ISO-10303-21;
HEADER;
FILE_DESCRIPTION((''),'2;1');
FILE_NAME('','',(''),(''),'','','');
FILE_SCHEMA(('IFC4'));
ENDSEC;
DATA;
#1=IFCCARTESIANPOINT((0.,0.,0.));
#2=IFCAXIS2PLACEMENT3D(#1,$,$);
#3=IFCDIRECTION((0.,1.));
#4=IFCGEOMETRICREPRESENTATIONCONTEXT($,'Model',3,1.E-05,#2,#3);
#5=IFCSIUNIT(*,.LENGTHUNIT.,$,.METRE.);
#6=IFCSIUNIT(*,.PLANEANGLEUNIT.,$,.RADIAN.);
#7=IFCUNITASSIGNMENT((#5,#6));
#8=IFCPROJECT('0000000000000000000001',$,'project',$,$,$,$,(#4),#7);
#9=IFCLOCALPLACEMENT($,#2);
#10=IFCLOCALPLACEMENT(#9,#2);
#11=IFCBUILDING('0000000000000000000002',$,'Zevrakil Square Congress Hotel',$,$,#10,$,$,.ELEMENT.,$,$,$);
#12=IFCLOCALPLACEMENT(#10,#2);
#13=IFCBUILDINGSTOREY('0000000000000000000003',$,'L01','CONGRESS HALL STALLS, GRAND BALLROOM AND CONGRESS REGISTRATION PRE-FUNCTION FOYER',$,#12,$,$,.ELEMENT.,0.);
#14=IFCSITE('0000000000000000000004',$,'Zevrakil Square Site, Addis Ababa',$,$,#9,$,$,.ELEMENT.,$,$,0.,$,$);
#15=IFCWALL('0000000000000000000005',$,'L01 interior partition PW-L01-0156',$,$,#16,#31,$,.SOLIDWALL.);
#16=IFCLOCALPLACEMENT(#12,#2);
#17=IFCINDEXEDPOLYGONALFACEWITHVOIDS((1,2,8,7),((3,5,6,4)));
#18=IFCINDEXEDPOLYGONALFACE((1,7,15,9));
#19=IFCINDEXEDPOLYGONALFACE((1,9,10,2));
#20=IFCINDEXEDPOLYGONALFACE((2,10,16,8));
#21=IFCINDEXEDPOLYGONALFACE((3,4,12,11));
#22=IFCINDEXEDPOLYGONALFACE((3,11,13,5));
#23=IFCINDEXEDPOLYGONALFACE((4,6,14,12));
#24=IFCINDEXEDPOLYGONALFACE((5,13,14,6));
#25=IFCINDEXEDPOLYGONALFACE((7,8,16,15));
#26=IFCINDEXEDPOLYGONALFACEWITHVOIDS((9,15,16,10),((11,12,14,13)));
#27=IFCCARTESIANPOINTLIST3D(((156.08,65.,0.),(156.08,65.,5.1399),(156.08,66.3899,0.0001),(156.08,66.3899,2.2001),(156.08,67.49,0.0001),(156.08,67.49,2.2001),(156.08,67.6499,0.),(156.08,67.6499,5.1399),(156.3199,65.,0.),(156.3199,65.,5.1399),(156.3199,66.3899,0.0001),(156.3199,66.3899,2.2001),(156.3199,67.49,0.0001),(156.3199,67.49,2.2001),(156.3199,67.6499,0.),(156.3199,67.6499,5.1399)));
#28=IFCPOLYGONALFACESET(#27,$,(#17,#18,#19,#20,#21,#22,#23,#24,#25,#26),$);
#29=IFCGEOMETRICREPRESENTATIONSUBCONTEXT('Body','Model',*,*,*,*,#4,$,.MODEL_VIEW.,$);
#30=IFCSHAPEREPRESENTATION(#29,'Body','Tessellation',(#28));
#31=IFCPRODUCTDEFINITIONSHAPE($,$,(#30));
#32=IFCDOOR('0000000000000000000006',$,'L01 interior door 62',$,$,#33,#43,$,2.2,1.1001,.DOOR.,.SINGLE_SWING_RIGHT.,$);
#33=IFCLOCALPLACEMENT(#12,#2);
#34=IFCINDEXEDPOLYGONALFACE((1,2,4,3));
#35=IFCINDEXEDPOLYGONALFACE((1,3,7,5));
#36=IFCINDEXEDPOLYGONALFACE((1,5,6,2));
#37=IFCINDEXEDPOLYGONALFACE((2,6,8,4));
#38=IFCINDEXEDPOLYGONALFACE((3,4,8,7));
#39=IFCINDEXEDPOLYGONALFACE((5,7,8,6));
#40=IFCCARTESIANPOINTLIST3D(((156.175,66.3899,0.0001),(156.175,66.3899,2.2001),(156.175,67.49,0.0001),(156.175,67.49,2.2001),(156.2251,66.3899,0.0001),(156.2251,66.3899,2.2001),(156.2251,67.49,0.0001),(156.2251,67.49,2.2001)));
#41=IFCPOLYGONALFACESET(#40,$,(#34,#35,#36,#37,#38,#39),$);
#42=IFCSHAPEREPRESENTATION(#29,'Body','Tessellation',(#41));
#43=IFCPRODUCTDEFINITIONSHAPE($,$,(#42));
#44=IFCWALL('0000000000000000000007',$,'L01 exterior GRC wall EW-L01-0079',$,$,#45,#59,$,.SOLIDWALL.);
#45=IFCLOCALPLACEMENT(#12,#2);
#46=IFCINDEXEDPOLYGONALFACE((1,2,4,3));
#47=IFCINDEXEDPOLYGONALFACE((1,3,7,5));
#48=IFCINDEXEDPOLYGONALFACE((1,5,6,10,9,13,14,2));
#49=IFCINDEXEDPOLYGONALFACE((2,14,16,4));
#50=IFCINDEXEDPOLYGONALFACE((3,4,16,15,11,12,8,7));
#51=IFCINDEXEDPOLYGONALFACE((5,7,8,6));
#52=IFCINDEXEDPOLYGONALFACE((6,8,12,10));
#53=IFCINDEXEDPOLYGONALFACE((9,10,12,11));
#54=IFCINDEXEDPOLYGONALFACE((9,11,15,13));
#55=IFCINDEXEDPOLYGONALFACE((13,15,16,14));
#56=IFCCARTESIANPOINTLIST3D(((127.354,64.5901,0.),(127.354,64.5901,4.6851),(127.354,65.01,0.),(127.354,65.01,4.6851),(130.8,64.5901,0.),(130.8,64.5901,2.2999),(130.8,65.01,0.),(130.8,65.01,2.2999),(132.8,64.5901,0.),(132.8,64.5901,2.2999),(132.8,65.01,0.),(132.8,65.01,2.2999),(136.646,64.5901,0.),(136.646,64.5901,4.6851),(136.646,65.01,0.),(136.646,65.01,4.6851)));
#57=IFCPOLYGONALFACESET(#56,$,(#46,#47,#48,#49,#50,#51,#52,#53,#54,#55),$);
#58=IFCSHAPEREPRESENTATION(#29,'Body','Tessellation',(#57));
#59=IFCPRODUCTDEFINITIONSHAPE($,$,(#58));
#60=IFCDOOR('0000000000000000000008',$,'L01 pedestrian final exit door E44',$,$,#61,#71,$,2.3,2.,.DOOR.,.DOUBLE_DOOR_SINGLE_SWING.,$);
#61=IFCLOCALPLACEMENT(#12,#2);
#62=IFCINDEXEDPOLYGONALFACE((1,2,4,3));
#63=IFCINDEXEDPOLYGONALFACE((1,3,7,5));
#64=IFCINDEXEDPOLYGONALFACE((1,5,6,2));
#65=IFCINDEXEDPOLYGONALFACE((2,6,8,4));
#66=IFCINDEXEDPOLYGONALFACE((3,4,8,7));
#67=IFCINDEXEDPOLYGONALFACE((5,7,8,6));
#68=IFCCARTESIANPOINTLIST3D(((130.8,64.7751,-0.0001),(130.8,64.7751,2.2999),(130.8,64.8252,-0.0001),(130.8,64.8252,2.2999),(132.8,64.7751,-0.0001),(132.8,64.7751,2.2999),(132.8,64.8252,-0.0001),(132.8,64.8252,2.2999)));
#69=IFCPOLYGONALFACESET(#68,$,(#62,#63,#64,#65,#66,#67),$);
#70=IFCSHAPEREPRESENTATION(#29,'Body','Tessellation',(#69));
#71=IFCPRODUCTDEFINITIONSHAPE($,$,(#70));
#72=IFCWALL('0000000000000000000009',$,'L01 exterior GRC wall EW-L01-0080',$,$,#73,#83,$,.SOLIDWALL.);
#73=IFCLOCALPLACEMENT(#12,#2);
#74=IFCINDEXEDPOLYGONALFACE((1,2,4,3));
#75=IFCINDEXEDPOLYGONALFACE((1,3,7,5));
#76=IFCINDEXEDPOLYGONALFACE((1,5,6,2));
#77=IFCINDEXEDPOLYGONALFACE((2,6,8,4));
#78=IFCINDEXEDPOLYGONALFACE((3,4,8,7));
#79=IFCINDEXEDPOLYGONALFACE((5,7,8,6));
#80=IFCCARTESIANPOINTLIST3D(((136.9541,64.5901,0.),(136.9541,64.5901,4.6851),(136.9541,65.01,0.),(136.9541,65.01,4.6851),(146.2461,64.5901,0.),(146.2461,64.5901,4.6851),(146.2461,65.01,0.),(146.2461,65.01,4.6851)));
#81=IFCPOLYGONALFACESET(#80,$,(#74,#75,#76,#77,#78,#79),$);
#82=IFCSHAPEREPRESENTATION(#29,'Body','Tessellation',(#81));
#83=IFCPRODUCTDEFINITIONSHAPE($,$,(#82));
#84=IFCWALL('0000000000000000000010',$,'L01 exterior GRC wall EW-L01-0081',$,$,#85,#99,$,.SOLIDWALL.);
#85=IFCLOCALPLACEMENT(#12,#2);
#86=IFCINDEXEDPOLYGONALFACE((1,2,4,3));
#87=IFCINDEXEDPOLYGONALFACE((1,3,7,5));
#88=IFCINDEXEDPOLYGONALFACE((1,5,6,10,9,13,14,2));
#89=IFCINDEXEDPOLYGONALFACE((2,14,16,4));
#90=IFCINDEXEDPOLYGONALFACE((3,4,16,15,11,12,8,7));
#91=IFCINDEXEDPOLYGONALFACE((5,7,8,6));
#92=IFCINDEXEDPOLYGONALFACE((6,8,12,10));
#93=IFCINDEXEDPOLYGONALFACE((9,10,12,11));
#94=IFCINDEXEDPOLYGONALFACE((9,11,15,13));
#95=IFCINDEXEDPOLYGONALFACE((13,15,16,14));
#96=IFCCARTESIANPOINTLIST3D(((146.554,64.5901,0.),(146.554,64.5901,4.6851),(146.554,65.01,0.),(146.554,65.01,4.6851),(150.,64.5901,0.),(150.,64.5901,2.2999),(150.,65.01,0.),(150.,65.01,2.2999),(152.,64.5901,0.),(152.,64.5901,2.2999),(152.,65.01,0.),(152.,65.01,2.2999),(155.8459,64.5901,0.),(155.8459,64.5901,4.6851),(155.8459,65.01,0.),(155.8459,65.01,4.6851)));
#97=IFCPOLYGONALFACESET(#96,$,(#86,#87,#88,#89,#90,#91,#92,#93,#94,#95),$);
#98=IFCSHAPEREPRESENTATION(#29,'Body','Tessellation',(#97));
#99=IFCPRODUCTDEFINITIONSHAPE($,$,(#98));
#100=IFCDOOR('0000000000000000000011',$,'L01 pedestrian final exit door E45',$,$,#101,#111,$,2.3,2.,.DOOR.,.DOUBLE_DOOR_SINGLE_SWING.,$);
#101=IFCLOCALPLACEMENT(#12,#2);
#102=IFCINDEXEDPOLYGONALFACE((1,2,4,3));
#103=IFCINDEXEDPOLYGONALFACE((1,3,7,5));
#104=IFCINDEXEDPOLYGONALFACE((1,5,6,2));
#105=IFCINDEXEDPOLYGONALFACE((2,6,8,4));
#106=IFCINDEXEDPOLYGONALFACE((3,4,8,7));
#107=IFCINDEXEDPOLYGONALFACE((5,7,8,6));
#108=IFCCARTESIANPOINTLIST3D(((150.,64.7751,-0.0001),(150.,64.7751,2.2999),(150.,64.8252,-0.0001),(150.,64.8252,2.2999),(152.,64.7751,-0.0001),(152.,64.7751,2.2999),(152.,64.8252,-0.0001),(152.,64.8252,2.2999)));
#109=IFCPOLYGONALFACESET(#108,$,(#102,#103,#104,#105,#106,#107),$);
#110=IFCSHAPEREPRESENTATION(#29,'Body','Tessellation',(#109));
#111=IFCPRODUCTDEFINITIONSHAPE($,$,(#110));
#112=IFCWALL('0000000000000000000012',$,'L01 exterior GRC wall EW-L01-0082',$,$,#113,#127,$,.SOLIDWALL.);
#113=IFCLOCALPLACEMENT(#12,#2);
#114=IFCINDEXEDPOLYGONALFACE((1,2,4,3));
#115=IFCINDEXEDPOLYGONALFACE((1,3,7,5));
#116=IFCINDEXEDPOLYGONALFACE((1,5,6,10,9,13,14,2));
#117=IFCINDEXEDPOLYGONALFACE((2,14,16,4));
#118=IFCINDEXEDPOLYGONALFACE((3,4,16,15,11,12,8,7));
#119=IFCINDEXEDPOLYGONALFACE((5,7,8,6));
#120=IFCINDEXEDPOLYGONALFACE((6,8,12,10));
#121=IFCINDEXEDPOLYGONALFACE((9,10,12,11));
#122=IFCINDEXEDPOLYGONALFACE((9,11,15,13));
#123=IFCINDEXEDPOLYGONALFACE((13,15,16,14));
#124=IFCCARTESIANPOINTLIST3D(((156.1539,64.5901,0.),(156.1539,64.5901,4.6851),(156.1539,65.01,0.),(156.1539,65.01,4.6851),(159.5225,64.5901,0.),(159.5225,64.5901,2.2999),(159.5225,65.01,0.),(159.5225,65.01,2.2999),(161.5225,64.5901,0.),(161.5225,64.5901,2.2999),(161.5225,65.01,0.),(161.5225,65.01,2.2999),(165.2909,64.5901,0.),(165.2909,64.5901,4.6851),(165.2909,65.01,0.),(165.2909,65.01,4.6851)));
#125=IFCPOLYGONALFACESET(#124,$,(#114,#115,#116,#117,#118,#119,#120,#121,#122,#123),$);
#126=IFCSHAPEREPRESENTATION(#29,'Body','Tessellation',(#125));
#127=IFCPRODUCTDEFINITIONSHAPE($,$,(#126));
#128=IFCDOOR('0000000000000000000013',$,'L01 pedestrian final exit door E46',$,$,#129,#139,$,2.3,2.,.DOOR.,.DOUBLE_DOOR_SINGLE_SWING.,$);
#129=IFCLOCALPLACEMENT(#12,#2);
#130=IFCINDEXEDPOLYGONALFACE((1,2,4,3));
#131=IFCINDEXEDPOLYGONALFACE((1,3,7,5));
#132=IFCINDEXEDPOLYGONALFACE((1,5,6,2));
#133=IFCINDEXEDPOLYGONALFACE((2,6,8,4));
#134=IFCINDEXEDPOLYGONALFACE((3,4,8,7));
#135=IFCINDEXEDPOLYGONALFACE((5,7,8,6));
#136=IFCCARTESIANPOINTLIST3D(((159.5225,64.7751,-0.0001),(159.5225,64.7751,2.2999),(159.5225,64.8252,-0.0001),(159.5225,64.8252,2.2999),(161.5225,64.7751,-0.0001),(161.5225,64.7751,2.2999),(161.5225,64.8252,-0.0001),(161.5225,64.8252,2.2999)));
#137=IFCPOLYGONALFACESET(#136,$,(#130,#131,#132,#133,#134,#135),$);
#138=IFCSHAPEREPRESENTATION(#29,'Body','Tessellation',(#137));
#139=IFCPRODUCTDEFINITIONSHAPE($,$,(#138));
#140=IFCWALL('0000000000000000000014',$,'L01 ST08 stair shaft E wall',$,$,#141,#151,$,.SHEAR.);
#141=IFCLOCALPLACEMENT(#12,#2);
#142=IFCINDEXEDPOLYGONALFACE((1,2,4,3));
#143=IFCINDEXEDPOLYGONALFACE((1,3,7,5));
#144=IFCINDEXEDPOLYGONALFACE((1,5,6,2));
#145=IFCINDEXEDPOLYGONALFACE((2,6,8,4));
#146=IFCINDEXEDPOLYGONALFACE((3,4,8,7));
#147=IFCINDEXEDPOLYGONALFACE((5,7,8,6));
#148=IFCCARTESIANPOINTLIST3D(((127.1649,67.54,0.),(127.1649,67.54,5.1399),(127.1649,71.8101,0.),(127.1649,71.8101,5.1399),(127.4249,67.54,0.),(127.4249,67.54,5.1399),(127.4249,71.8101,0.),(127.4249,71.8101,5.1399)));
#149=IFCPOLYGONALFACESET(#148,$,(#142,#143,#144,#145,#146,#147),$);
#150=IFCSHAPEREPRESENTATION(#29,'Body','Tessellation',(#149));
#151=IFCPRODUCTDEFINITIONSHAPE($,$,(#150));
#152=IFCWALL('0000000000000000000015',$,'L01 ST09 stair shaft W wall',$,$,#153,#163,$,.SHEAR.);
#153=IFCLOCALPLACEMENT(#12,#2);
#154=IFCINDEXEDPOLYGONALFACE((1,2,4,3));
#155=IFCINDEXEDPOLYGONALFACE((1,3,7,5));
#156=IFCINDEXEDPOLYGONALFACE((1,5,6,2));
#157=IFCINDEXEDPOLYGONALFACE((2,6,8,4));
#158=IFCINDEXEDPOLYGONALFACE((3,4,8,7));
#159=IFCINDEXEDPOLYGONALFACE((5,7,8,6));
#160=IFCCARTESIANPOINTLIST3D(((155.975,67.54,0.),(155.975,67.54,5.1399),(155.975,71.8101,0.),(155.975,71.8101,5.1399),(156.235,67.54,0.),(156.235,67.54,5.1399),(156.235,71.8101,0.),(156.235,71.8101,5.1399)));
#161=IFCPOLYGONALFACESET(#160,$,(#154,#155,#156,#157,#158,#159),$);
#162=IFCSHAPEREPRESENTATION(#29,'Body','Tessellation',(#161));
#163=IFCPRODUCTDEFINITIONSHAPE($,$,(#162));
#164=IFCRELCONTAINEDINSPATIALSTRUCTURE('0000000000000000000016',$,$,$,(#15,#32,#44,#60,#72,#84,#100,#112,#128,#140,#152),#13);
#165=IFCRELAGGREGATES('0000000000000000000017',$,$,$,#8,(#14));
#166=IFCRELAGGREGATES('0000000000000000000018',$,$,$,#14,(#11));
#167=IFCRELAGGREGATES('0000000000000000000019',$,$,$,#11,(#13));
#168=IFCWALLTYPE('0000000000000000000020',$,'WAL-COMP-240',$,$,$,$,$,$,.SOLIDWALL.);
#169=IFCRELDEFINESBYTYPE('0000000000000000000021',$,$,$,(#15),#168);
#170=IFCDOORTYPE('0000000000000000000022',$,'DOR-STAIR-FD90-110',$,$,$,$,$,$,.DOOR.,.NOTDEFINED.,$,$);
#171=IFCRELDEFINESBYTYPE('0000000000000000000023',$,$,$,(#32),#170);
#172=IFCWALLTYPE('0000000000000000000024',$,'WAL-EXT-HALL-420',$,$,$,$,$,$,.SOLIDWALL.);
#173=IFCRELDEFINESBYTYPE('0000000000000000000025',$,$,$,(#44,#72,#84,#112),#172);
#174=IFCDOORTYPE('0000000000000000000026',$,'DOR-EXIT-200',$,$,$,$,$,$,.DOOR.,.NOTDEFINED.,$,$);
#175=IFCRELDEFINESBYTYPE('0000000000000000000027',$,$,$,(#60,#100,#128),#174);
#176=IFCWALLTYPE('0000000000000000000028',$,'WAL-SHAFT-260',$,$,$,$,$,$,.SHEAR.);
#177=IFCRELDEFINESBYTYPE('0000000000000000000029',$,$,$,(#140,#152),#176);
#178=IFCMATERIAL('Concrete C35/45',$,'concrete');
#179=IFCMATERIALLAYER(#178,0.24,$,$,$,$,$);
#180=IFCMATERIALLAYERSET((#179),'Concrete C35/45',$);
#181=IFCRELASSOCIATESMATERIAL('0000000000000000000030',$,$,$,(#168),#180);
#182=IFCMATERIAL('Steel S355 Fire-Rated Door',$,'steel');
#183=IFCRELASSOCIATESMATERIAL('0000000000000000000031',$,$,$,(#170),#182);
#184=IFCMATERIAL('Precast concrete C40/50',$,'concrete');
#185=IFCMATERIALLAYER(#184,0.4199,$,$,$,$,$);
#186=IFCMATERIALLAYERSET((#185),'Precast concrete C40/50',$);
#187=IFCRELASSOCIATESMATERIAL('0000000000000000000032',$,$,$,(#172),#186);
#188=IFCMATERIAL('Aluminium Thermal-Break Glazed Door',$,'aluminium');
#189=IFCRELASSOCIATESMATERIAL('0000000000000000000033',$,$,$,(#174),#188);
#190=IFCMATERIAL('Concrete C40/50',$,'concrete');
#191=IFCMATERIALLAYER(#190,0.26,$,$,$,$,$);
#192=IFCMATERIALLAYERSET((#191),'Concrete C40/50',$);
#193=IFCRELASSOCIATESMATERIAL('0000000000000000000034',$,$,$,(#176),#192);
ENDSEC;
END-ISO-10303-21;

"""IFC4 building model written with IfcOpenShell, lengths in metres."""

from ifc_helpers import new_model, si_unit, direction, frame, frame_2d, origin, place, context, subcontext, project, spatial, rectangle, extrude, material, layer, layer_set, type_object, element, fill, save


model = new_model("IFC4")

# Units and contexts
model_context = context("Model", 3, precision=1e-05, world=origin(), true_north=direction((0.0, 1.0)))
body_context = subcontext(model_context, "Body", "Model", "MODEL_VIEW")
ifc_project = project(units=[si_unit("LENGTHUNIT", "METRE"), si_unit("PLANEANGLEUNIT", "RADIAN")], contexts=[model_context])

# Site, building, storey
site_placement = place(None, origin())
site = spatial("IfcSite", under=ifc_project, at=site_placement, Name="Zevrakil Square Site, Addis Ababa", CompositionType="ELEMENT", RefElevation=0.0)
building_placement = place(site_placement, origin())
building = spatial("IfcBuilding", under=site, at=building_placement, Name="Zevrakil Square Congress Hotel", CompositionType="ELEMENT")
storey_placement = place(building_placement, origin())
storey = spatial("IfcBuildingStorey", under=building, at=storey_placement, Name="L01", Description="CONGRESS HALL STALLS, GRAND BALLROOM AND CONGRESS REGISTRATION PRE-FUNCTION FOYER", CompositionType="ELEMENT", Elevation=0.0)

# Walls, openings, doors
ifc_material_1 = material(Name="Concrete C35/45", Category="concrete")
ifc_layer_1 = layer(ifc_material_1, 0.24)
ifc_layer_set_1 = layer_set([ifc_layer_1], Name="Concrete C35/45")
wall_type_1 = type_object("IfcWallType", Name="WAL-COMP-240", PredefinedType="SOLIDWALL", material=ifc_layer_set_1)
ifc_material_2 = material(Name="Steel S355 Fire-Rated Door", Category="steel")
door_type_1 = type_object("IfcDoorType", Name="DOR-STAIR-FD90-110", OperationType="NOTDEFINED", PredefinedType="DOOR", material=ifc_material_2)
wall_1_placement = place(storey_placement, frame((156.2, 65.0, 0.0), z_axis=(0.0, 0.0, 1.0), x_axis=(0.0, 1.0, 0.0)))
wall_1 = element("IfcWall", 1, at=wall_1_placement, inside=storey, type_object=wall_type_1, Name="L01 interior partition PW-L01-0156", PredefinedType="SOLIDWALL", context=body_context, shape_type="SweptSolid", body=[
    extrude(rectangle(XDim=2.6499, YDim=0.24, at=frame_2d((1.325, 0.0))), origin(), (0.0, 0.0, 1.0), 5.1399),
])
opening_1_placement = place(wall_1_placement, frame((1.3899, 0.0, 0.0)))
opening_1 = element("IfcOpeningElement", 2, at=opening_1_placement, cuts=wall_1, PredefinedType="OPENING", context=body_context, shape_type="SweptSolid", body=[
    extrude(rectangle(XDim=1.1001, YDim=2.2, at=frame_2d((0.55, 1.1001))), frame((0.0, 0.1299, 0.0), z_axis=(0.0, -1.0, 0.0), x_axis=(1.0, 0.0, 0.0)), (0.0, 0.0, 1.0), 0.26),
])
door_1_placement = place(opening_1_placement, origin())
door_1 = element("IfcDoor", 3, at=door_1_placement, inside=storey, type_object=door_type_1, Name="L01 interior door 62", OperationType="SINGLE_SWING_RIGHT", OverallHeight=2.2, OverallWidth=1.1001, PredefinedType="DOOR", context=body_context, shape_type="SweptSolid", body=[
    extrude(rectangle(XDim=1.1001, YDim=2.2, at=frame_2d((0.55, 1.1001))), frame((0.0, 0.0249, 0.0), z_axis=(0.0, -1.0, 0.0), x_axis=(1.0, 0.0, 0.0)), (0.0, 0.0, 1.0), 0.05),
])
fill(opening_1, door_1)
ifc_material_3 = material(Name="Precast concrete C40/50", Category="concrete")
ifc_layer_2 = layer(ifc_material_3, 0.4199)
ifc_layer_set_2 = layer_set([ifc_layer_2], Name="Precast concrete C40/50")
wall_type_2 = type_object("IfcWallType", Name="WAL-EXT-HALL-420", PredefinedType="SOLIDWALL", material=ifc_layer_set_2)
wall_2_placement = place(storey_placement, frame((127.354, 64.8, 0.0), z_axis=(0.0, 0.0, 1.0), x_axis=(1.0, 0.0, 0.0)))
wall_2 = element("IfcWall", 4, at=wall_2_placement, inside=storey, type_object=wall_type_2, Name="L01 exterior GRC wall EW-L01-0079", PredefinedType="SOLIDWALL", context=body_context, shape_type="SweptSolid", body=[
    extrude(rectangle(XDim=9.292, YDim=0.4199, at=frame_2d((4.646, 0.0))), origin(), (0.0, 0.0, 1.0), 4.6851),
])
opening_2_placement = place(wall_2_placement, frame((3.446, 0.0, 0.0)))
opening_2 = element("IfcOpeningElement", 5, at=opening_2_placement, cuts=wall_2, PredefinedType="OPENING", context=body_context, shape_type="SweptSolid", body=[
    extrude(rectangle(XDim=2.0, YDim=2.3, at=frame_2d((1.0, 1.1499))), frame((0.0, 0.22, 0.0), z_axis=(0.0, -1.0, 0.0), x_axis=(1.0, 0.0, 0.0)), (0.0, 0.0, 1.0), 0.4399),
])
ifc_material_4 = material(Name="Aluminium Thermal-Break Glazed Door", Category="aluminium")
door_type_2 = type_object("IfcDoorType", Name="DOR-EXIT-200", OperationType="NOTDEFINED", PredefinedType="DOOR", material=ifc_material_4)
door_2_placement = place(opening_2_placement, frame((2.0, 0.0, 0.0), z_axis=(0.0, 0.0, 1.0), x_axis=(-1.0, 0.0, 0.0)))
door_2 = element("IfcDoor", 6, at=door_2_placement, inside=storey, type_object=door_type_2, Name="L01 pedestrian final exit door E44", OperationType="DOUBLE_DOOR_SINGLE_SWING", OverallHeight=2.3, OverallWidth=2.0, PredefinedType="DOOR", context=body_context, shape_type="SweptSolid", body=[
    extrude(rectangle(XDim=2.0, YDim=2.3, at=frame_2d((1.0, 1.1499))), frame((0.0, 0.0249, 0.0), z_axis=(0.0, -1.0, 0.0), x_axis=(1.0, 0.0, 0.0)), (0.0, 0.0, 1.0), 0.05),
])
fill(opening_2, door_2)

# Wall
wall_3_placement = place(storey_placement, frame((136.9541, 64.8, 0.0), z_axis=(0.0, 0.0, 1.0), x_axis=(1.0, 0.0, 0.0)))
element("IfcWall", 7, at=wall_3_placement, inside=storey, type_object=wall_type_2, Name="L01 exterior GRC wall EW-L01-0080", PredefinedType="SOLIDWALL", context=body_context, shape_type="SweptSolid", body=[
    extrude(rectangle(XDim=9.292, YDim=0.4199, at=frame_2d((4.646, 0.0))), origin(), (0.0, 0.0, 1.0), 4.6851),
])

# Walls, openings, doors
wall_4_placement = place(storey_placement, frame((146.554, 64.8, 0.0), z_axis=(0.0, 0.0, 1.0), x_axis=(1.0, 0.0, 0.0)))
wall_4 = element("IfcWall", 8, at=wall_4_placement, inside=storey, type_object=wall_type_2, Name="L01 exterior GRC wall EW-L01-0081", PredefinedType="SOLIDWALL", context=body_context, shape_type="SweptSolid", body=[
    extrude(rectangle(XDim=9.292, YDim=0.4199, at=frame_2d((4.646, 0.0))), origin(), (0.0, 0.0, 1.0), 4.6851),
])
opening_3_placement = place(wall_4_placement, frame((3.446, 0.0, 0.0)))
opening_3 = element("IfcOpeningElement", 9, at=opening_3_placement, cuts=wall_4, PredefinedType="OPENING", context=body_context, shape_type="SweptSolid", body=[
    extrude(rectangle(XDim=2.0, YDim=2.3, at=frame_2d((1.0, 1.1499))), frame((0.0, 0.22, 0.0), z_axis=(0.0, -1.0, 0.0), x_axis=(1.0, 0.0, 0.0)), (0.0, 0.0, 1.0), 0.4399),
])
door_3_placement = place(opening_3_placement, frame((2.0, 0.0, 0.0), z_axis=(0.0, 0.0, 1.0), x_axis=(-1.0, 0.0, 0.0)))
door_3 = element("IfcDoor", 10, at=door_3_placement, inside=storey, type_object=door_type_2, Name="L01 pedestrian final exit door E45", OperationType="DOUBLE_DOOR_SINGLE_SWING", OverallHeight=2.3, OverallWidth=2.0, PredefinedType="DOOR", context=body_context, shape_type="SweptSolid", body=[
    extrude(rectangle(XDim=2.0, YDim=2.3, at=frame_2d((1.0, 1.1499))), frame((0.0, 0.0249, 0.0), z_axis=(0.0, -1.0, 0.0), x_axis=(1.0, 0.0, 0.0)), (0.0, 0.0, 1.0), 0.05),
])
fill(opening_3, door_3)
wall_5_placement = place(storey_placement, frame((156.1541, 64.8, 0.0), z_axis=(0.0, 0.0, 1.0), x_axis=(1.0, 0.0, 0.0)))
wall_5 = element("IfcWall", 11, at=wall_5_placement, inside=storey, type_object=wall_type_2, Name="L01 exterior GRC wall EW-L01-0082", PredefinedType="SOLIDWALL", context=body_context, shape_type="SweptSolid", body=[
    extrude(rectangle(XDim=9.137, YDim=0.4199, at=frame_2d((4.5684, 0.0))), origin(), (0.0, 0.0, 1.0), 4.6851),
])
opening_4_placement = place(wall_5_placement, frame((3.3684, 0.0, 0.0)))
opening_4 = element("IfcOpeningElement", 12, at=opening_4_placement, cuts=wall_5, PredefinedType="OPENING", context=body_context, shape_type="SweptSolid", body=[
    extrude(rectangle(XDim=2.0, YDim=2.3, at=frame_2d((1.0, 1.1499))), frame((0.0, 0.22, 0.0), z_axis=(0.0, -1.0, 0.0), x_axis=(1.0, 0.0, 0.0)), (0.0, 0.0, 1.0), 0.4399),
])
door_4_placement = place(opening_4_placement, frame((2.0, 0.0, 0.0), z_axis=(0.0, 0.0, 1.0), x_axis=(-1.0, 0.0, 0.0)))
door_4 = element("IfcDoor", 13, at=door_4_placement, inside=storey, type_object=door_type_2, Name="L01 pedestrian final exit door E46", OperationType="DOUBLE_DOOR_SINGLE_SWING", OverallHeight=2.3, OverallWidth=2.0, PredefinedType="DOOR", context=body_context, shape_type="SweptSolid", body=[
    extrude(rectangle(XDim=2.0, YDim=2.3, at=frame_2d((1.0, 1.1499))), frame((0.0, 0.0249, 0.0), z_axis=(0.0, -1.0, 0.0), x_axis=(1.0, 0.0, 0.0)), (0.0, 0.0, 1.0), 0.05),
])
fill(opening_4, door_4)

# Walls
ifc_material_5 = material(Name="Concrete C40/50", Category="concrete")
ifc_layer_3 = layer(ifc_material_5, 0.26)
ifc_layer_set_3 = layer_set([ifc_layer_3], Name="Concrete C40/50")
wall_type_3 = type_object("IfcWallType", Name="WAL-SHAFT-260", PredefinedType="SHEAR", material=ifc_layer_set_3)
for number, where, z_axis, x_axis, name in (
    (14, (127.2949, 67.54, 0.0), (0.0, 0.0, 1.0), (0.0, 1.0, 0.0), "L01 ST08 stair shaft E wall"),
    (15, (156.105, 67.54, 0.0), (0.0, 0.0, 1.0), (0.0, 1.0, 0.0), "L01 ST09 stair shaft W wall"),
):
    element("IfcWall", number, at=place(storey_placement, frame(where, z_axis=z_axis, x_axis=x_axis)), inside=storey, type_object=wall_type_3, Name=name, PredefinedType="SHEAR", context=body_context, shape_type="SweptSolid", body=[
        extrude(rectangle(XDim=4.27, YDim=0.26, at=frame_2d((2.135, 0.0))), origin(), (0.0, 0.0, 1.0), 5.1399),
    ])

save(model, "model.ifc")
